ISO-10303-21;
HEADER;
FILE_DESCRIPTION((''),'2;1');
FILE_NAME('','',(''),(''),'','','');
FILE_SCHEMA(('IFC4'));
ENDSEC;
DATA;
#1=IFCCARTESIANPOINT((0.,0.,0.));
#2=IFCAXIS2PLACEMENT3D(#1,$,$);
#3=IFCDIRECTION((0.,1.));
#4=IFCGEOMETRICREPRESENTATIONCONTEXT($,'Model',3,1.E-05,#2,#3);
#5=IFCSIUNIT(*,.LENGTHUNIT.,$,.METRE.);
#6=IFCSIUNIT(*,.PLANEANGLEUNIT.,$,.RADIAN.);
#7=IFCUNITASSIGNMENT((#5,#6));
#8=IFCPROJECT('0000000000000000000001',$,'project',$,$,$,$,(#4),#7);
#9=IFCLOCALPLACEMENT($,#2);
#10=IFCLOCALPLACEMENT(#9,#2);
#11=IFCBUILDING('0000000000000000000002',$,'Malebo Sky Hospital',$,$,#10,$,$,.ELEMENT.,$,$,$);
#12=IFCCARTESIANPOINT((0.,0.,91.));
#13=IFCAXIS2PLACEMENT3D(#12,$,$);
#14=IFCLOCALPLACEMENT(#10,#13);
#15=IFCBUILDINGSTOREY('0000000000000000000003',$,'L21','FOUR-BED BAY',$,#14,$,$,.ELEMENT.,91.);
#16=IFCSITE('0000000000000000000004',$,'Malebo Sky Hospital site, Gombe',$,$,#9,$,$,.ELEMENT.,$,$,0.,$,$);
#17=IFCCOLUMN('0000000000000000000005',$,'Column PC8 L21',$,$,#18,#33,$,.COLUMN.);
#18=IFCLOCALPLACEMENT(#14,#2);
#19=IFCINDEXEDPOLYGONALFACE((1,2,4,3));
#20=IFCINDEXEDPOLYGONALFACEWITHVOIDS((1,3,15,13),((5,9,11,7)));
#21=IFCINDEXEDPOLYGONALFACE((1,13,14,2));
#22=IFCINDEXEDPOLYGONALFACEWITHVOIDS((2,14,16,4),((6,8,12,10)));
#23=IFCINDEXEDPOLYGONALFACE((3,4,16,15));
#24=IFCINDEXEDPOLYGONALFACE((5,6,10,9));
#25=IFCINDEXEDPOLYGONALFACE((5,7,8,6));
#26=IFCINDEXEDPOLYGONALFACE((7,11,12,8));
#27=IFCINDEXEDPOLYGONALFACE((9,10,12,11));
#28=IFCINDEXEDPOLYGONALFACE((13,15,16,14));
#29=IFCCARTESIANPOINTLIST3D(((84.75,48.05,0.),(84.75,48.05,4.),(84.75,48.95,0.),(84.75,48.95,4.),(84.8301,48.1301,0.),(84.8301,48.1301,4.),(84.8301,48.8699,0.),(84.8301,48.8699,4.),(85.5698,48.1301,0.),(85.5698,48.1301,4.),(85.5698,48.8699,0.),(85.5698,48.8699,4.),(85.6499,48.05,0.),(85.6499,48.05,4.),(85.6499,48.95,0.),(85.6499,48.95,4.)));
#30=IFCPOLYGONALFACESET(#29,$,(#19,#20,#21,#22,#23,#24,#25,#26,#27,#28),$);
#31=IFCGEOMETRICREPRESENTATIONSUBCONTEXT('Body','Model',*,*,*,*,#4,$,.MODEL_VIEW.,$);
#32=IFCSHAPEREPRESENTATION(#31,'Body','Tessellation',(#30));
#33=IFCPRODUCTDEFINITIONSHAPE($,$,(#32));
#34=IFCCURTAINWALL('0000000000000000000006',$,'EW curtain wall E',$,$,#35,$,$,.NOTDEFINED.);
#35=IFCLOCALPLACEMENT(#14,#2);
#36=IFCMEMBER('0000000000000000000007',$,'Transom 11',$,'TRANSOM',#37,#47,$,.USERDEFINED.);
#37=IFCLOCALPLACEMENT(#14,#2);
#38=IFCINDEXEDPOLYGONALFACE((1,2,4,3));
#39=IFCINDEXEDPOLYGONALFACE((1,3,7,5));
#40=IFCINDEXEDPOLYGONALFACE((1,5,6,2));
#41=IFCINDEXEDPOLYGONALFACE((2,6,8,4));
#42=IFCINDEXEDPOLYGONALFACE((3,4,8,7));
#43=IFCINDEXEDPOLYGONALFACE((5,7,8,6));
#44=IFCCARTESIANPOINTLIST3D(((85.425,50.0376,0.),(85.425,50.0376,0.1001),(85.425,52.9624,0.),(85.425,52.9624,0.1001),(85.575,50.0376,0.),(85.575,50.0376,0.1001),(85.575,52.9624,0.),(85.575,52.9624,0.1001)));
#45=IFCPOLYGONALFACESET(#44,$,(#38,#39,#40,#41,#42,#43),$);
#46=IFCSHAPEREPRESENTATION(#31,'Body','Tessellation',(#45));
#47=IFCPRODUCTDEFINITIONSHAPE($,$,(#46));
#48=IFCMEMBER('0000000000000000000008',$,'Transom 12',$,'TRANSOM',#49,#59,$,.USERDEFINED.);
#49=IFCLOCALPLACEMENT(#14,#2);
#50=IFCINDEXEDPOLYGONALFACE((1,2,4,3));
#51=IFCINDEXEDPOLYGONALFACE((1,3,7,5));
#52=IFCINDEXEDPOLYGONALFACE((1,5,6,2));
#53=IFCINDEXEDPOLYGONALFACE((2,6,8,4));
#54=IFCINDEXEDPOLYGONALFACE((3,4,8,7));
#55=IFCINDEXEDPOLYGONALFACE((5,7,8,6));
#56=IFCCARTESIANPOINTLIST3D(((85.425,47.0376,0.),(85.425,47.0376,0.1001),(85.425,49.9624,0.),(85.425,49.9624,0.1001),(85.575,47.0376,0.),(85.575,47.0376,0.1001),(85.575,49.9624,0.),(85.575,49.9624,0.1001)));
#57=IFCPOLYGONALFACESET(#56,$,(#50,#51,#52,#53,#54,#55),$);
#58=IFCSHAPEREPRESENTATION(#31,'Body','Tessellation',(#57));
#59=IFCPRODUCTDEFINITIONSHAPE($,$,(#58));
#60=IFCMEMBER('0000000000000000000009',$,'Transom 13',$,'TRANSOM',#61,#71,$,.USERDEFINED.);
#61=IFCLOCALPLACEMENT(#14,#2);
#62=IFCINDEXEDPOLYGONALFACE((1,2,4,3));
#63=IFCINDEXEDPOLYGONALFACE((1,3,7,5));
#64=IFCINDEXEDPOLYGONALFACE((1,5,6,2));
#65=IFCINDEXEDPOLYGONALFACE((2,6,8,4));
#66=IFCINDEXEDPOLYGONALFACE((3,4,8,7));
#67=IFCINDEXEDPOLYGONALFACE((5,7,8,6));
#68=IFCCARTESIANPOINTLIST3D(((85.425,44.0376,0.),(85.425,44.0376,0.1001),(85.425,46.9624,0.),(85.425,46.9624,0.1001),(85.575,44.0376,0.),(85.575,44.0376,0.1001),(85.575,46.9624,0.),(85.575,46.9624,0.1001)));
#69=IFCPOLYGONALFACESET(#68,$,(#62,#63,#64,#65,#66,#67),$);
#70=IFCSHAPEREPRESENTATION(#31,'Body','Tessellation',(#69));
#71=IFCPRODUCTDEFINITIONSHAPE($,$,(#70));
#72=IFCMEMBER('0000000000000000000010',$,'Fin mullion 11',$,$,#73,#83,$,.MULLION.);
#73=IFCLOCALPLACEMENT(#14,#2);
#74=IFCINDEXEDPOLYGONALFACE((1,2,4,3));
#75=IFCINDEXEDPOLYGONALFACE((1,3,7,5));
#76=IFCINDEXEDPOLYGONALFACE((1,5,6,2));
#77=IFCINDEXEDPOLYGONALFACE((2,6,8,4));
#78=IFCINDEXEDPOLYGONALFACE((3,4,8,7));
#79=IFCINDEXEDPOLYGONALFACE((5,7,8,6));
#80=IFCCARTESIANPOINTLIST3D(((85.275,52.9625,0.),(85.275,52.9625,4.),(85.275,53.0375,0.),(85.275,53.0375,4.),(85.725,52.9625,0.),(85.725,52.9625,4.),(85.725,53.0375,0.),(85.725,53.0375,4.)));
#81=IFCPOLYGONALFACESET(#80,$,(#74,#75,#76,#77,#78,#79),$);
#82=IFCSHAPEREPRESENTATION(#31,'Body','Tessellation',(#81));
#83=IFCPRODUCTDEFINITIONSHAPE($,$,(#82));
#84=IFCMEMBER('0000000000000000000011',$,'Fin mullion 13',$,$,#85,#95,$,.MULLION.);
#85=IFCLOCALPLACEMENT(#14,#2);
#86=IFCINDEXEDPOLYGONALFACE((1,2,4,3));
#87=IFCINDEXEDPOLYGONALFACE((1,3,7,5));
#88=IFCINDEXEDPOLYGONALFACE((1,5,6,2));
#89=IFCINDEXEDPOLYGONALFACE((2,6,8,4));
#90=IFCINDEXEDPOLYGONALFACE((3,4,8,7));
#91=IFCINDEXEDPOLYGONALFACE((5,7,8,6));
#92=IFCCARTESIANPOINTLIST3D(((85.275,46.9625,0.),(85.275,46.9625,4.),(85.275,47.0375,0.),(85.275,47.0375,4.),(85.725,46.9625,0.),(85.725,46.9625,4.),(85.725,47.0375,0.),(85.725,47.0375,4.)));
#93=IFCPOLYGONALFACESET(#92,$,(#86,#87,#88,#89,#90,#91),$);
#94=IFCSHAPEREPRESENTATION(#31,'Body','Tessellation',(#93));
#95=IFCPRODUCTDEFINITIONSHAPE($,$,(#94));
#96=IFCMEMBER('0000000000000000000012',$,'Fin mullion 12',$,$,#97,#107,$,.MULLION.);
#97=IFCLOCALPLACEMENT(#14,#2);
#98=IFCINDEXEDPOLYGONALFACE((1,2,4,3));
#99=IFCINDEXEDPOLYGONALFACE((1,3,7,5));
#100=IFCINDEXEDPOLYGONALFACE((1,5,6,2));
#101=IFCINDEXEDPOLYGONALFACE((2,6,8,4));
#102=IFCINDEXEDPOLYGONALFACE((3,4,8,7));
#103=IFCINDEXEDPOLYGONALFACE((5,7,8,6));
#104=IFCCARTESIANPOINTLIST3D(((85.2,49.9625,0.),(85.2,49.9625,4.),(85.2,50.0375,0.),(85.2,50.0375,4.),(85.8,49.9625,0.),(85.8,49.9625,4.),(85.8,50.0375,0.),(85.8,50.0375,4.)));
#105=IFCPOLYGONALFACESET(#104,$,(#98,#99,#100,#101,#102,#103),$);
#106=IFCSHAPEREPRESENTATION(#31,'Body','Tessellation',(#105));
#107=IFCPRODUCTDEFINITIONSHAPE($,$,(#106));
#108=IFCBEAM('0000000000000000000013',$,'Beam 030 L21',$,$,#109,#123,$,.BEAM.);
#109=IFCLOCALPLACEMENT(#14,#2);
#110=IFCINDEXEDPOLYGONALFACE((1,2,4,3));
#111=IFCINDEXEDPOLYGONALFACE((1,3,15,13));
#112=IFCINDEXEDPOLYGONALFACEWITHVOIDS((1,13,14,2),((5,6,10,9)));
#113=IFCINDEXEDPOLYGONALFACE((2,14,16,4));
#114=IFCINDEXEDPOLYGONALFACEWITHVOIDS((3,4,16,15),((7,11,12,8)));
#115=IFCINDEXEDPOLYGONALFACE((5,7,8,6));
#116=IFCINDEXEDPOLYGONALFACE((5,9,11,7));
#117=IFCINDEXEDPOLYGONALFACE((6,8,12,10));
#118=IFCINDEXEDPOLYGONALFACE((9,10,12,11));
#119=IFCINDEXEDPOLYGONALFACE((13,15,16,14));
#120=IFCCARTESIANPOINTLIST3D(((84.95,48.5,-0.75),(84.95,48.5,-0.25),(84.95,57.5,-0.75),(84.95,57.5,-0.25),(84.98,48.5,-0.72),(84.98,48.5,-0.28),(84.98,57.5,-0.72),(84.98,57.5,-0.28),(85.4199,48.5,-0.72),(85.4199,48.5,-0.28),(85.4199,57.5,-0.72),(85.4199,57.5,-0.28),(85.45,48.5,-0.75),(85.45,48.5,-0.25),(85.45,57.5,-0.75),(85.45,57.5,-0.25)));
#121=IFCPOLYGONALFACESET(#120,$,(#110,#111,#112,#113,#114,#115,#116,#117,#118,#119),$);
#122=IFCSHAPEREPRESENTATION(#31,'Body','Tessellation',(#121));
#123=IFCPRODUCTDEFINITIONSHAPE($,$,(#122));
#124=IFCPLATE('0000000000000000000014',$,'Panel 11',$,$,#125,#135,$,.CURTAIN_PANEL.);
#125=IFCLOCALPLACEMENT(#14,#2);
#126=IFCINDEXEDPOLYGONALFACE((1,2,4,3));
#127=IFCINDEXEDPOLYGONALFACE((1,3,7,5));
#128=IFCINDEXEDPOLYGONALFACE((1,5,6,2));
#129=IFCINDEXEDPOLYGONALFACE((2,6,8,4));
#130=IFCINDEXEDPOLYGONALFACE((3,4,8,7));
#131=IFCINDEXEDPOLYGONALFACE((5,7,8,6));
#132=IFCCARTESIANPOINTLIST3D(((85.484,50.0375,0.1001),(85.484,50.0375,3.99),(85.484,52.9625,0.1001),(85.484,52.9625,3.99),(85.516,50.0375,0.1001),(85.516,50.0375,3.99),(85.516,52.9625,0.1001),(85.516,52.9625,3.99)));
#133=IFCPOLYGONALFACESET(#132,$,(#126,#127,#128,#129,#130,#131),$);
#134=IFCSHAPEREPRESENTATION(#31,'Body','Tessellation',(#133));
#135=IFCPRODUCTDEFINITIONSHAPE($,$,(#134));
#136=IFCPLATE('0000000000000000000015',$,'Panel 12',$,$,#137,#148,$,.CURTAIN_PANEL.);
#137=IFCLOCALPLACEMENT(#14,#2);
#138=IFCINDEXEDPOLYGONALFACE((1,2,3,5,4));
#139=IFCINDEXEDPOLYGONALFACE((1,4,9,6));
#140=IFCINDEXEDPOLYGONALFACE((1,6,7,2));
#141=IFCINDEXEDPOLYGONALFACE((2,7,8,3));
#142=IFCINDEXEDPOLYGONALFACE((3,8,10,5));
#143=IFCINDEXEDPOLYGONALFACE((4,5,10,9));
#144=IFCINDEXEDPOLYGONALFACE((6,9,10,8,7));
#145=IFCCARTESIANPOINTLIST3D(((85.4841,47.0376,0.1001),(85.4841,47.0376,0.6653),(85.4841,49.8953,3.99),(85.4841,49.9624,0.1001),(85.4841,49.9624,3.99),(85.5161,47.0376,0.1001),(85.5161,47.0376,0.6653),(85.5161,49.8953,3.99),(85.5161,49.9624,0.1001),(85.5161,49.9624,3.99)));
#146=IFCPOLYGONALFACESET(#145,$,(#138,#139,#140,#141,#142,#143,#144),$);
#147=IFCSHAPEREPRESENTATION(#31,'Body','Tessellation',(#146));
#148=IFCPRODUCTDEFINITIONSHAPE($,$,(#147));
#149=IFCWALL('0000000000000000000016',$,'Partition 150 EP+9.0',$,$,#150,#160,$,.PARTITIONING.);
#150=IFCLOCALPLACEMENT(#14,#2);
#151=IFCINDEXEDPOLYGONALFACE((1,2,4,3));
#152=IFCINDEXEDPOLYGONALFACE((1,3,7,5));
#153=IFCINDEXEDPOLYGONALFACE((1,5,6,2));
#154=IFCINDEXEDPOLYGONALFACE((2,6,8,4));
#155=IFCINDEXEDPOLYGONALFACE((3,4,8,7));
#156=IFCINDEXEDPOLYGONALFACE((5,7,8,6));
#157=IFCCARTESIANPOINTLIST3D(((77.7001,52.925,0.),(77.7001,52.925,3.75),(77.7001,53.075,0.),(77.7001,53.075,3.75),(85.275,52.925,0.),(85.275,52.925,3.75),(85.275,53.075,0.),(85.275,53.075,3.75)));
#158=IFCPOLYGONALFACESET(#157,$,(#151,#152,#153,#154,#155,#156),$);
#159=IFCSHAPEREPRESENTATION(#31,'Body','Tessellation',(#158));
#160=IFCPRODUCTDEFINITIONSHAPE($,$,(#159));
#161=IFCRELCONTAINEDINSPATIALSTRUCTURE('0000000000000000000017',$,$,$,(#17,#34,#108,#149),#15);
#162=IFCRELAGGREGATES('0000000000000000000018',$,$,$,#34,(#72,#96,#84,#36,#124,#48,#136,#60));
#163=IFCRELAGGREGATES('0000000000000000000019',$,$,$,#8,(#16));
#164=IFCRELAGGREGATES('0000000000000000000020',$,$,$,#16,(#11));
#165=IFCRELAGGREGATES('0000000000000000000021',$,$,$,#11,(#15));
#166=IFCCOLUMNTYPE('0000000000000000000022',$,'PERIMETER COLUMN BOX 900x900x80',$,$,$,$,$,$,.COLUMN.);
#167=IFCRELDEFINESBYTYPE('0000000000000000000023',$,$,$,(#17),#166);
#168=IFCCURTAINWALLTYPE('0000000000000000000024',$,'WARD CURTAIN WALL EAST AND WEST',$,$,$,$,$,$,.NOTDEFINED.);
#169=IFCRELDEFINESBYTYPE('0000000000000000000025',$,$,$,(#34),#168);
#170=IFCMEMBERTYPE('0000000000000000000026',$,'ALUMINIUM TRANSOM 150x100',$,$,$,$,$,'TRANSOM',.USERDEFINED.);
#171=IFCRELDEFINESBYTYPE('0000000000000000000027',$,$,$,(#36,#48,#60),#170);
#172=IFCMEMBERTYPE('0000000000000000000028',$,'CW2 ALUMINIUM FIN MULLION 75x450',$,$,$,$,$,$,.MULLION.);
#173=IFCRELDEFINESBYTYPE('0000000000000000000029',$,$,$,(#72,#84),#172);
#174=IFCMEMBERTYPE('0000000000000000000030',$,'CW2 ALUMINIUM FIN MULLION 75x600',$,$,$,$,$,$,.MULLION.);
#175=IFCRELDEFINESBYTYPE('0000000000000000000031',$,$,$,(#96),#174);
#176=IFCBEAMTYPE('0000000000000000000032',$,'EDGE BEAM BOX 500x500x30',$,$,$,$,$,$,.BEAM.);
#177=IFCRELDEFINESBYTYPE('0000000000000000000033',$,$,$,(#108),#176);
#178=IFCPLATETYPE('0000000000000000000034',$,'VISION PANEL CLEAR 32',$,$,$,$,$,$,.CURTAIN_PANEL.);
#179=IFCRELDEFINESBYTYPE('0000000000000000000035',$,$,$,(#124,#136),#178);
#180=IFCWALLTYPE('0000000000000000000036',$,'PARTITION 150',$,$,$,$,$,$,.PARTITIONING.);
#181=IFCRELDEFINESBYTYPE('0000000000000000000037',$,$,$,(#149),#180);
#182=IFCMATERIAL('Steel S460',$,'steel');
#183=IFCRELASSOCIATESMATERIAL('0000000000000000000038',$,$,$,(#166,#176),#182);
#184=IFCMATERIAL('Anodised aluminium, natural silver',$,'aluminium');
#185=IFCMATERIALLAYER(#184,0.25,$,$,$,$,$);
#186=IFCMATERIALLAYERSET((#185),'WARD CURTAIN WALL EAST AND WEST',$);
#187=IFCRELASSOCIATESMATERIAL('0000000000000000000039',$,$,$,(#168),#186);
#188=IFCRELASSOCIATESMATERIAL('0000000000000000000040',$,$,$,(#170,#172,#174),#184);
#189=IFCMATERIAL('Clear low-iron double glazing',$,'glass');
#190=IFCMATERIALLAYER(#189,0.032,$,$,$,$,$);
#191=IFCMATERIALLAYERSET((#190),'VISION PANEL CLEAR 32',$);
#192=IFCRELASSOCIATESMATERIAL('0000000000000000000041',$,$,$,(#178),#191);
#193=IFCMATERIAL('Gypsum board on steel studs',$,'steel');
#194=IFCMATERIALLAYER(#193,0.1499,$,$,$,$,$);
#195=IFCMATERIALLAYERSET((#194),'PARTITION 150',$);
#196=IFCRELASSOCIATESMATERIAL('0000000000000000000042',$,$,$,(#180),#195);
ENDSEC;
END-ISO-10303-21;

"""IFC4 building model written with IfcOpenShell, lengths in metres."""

from ifc_helpers import new_model, si_unit, direction, frame, frame_2d, origin, origin_2d, place, context, subcontext, project, spatial, polyline, rectangle, hollow_rectangle, outline, extrude, material, layer, layer_set, material_profile, profile_set, type_object, element, aggregate, save


model = new_model("IFC4")

# Units and contexts
model_context = context("Model", 3, precision=1e-05, world=origin(), true_north=direction((0.0, 1.0)))
body_context = subcontext(model_context, "Body", "Model", "MODEL_VIEW")
ifc_project = project(units=[si_unit("LENGTHUNIT", "METRE"), si_unit("PLANEANGLEUNIT", "RADIAN")], contexts=[model_context])

# Site, building, storey
site_placement = place(None, origin())
site = spatial("IfcSite", under=ifc_project, at=site_placement, Name="Malebo Sky Hospital site, Gombe", CompositionType="ELEMENT", RefElevation=0.0)
building_placement = place(site_placement, origin())
building = spatial("IfcBuilding", under=site, at=building_placement, Name="Malebo Sky Hospital", CompositionType="ELEMENT")
storey_placement = place(building_placement, frame((0.0, 0.0, 91.0)))
storey = spatial("IfcBuildingStorey", under=building, at=storey_placement, Name="L21", Description="FOUR-BED BAY", CompositionType="ELEMENT", Elevation=91.0)

# Column
ifc_material_1 = material(Name="Steel S460", Category="steel")
ifc_material_profile_1 = material_profile(ifc_material_1, hollow_rectangle(XDim=0.8999, YDim=0.8999, WallThickness=0.0801, at=origin_2d()), Name="BOX 900x900x80")
ifc_profile_set_1 = profile_set([ifc_material_profile_1], Name="Steel S460")
column_type = type_object("IfcColumnType", Name="PERIMETER COLUMN BOX 900x900x80", PredefinedType="COLUMN", material=ifc_profile_set_1)
column_placement = place(storey_placement, frame((85.2, 48.5, 0.0), z_axis=(0.0, 0.0, 1.0), x_axis=(1.0, 0.0, 0.0)))
element("IfcColumn", 1, at=column_placement, inside=storey, type_object=column_type, Name="Column PC8 L21", PredefinedType="COLUMN", context=body_context, shape_type="SweptSolid", body=[
    extrude(hollow_rectangle(XDim=0.8999, YDim=0.8999, WallThickness=0.0801, at=origin_2d()), origin(), (0.0, 0.0, 1.0), 4.0),
])

# Curtain wall, members
ifc_material_2 = material(Name="Anodised aluminium, natural silver", Category="aluminium")
ifc_layer_1 = layer(ifc_material_2, 0.25)
ifc_layer_set_1 = layer_set([ifc_layer_1], Name="WARD CURTAIN WALL EAST AND WEST")
curtain_wall_type = type_object("IfcCurtainWallType", Name="WARD CURTAIN WALL EAST AND WEST", PredefinedType="NOTDEFINED", material=ifc_layer_set_1)
curtain_wall_placement = place(storey_placement, origin())
curtain_wall = element("IfcCurtainWall", 2, at=curtain_wall_placement, inside=storey, type_object=curtain_wall_type, Name="EW curtain wall E", PredefinedType="NOTDEFINED")
ifc_material_profile_2 = material_profile(ifc_material_2, rectangle(XDim=0.1499, YDim=0.1001, at=origin_2d()), Name="ALUMINIUM TRANSOM 150x100")
ifc_profile_set_2 = profile_set([ifc_material_profile_2], Name="Anodised aluminium, natural silver")
member_type_1 = type_object("IfcMemberType", Name="ALUMINIUM TRANSOM 150x100", ElementType="TRANSOM", PredefinedType="USERDEFINED", material=ifc_profile_set_2)
member_1_placement = place(storey_placement, frame((85.5, 52.9624, 0.05), z_axis=(0.0, -1.0, 0.0), x_axis=(1.0, 0.0, 0.0)))
member_1 = element("IfcMember", 3, at=member_1_placement, type_object=member_type_1, Name="Transom 11", ObjectType="TRANSOM", PredefinedType="USERDEFINED", context=body_context, shape_type="SweptSolid", body=[
    extrude(rectangle(XDim=0.1499, YDim=0.1001, at=origin_2d()), origin(), (0.0, 0.0, 1.0), 2.9248),
])
member_2_placement = place(storey_placement, frame((85.5, 49.9624, 0.05), z_axis=(0.0, -1.0, 0.0), x_axis=(1.0, 0.0, 0.0)))
member_2 = element("IfcMember", 4, at=member_2_placement, type_object=member_type_1, Name="Transom 12", ObjectType="TRANSOM", PredefinedType="USERDEFINED", context=body_context, shape_type="SweptSolid", body=[
    extrude(rectangle(XDim=0.1499, YDim=0.1001, at=origin_2d()), origin(), (0.0, 0.0, 1.0), 2.9248),
])
member_3_placement = place(storey_placement, frame((85.5, 46.9624, 0.05), z_axis=(0.0, -1.0, 0.0), x_axis=(1.0, 0.0, 0.0)))
member_3 = element("IfcMember", 5, at=member_3_placement, type_object=member_type_1, Name="Transom 13", ObjectType="TRANSOM", PredefinedType="USERDEFINED", context=body_context, shape_type="SweptSolid", body=[
    extrude(rectangle(XDim=0.1499, YDim=0.1001, at=origin_2d()), origin(), (0.0, 0.0, 1.0), 2.9248),
])
ifc_material_profile_3 = material_profile(ifc_material_2, rectangle(XDim=0.075, YDim=0.45, at=origin_2d()), Name="CW2 ALUMINIUM FIN MULLION 75x450")
ifc_profile_set_3 = profile_set([ifc_material_profile_3], Name="Anodised aluminium, natural silver")
member_type_2 = type_object("IfcMemberType", Name="CW2 ALUMINIUM FIN MULLION 75x450", PredefinedType="MULLION", material=ifc_profile_set_3)
member_4_placement = place(storey_placement, frame((85.5, 53.0, 0.0), z_axis=(0.0, 0.0, 1.0), x_axis=(0.0, -1.0, 0.0)))
member_4 = element("IfcMember", 6, at=member_4_placement, type_object=member_type_2, Name="Fin mullion 11", PredefinedType="MULLION", context=body_context, shape_type="SweptSolid", body=[
    extrude(rectangle(XDim=0.075, YDim=0.45, at=origin_2d()), origin(), (0.0, 0.0, 1.0), 4.0),
])
member_5_placement = place(storey_placement, frame((85.5, 47.0, 0.0), z_axis=(0.0, 0.0, 1.0), x_axis=(0.0, -1.0, 0.0)))
member_5 = element("IfcMember", 7, at=member_5_placement, type_object=member_type_2, Name="Fin mullion 13", PredefinedType="MULLION", context=body_context, shape_type="SweptSolid", body=[
    extrude(rectangle(XDim=0.075, YDim=0.45, at=origin_2d()), origin(), (0.0, 0.0, 1.0), 4.0),
])
ifc_material_profile_4 = material_profile(ifc_material_2, rectangle(XDim=0.075, YDim=0.6001, at=origin_2d()), Name="CW2 ALUMINIUM FIN MULLION 75x600")
ifc_profile_set_4 = profile_set([ifc_material_profile_4], Name="Anodised aluminium, natural silver")
member_type_3 = type_object("IfcMemberType", Name="CW2 ALUMINIUM FIN MULLION 75x600", PredefinedType="MULLION", material=ifc_profile_set_4)
member_6_placement = place(storey_placement, frame((85.5, 50.0, 0.0), z_axis=(0.0, 0.0, 1.0), x_axis=(0.0, -1.0, 0.0)))
member_6 = element("IfcMember", 8, at=member_6_placement, type_object=member_type_3, Name="Fin mullion 12", PredefinedType="MULLION", context=body_context, shape_type="SweptSolid", body=[
    extrude(rectangle(XDim=0.075, YDim=0.6001, at=origin_2d()), origin(), (0.0, 0.0, 1.0), 4.0),
])

# Beam
ifc_material_profile_5 = material_profile(ifc_material_1, hollow_rectangle(XDim=0.5, YDim=0.5, WallThickness=0.03, at=origin_2d()), Name="BOX 500x500x30")
ifc_profile_set_5 = profile_set([ifc_material_profile_5], Name="Steel S460")
beam_type = type_object("IfcBeamType", Name="EDGE BEAM BOX 500x500x30", PredefinedType="BEAM", material=ifc_profile_set_5)
beam_placement = place(storey_placement, frame((85.2, 48.5, -0.5), z_axis=(0.0, 1.0, 0.0), x_axis=(-1.0, 0.0, 0.0)))
element("IfcBeam", 9, at=beam_placement, inside=storey, type_object=beam_type, Name="Beam 030 L21", PredefinedType="BEAM", context=body_context, shape_type="SweptSolid", body=[
    extrude(hollow_rectangle(XDim=0.5, YDim=0.5, WallThickness=0.03, at=origin_2d()), origin(), (0.0, 0.0, 1.0), 9.0),
])

# Plates
ifc_material_3 = material(Name="Clear low-iron double glazing", Category="glass")
ifc_layer_2 = layer(ifc_material_3, 0.032)
ifc_layer_set_2 = layer_set([ifc_layer_2], Name="VISION PANEL CLEAR 32")
plate_type = type_object("IfcPlateType", Name="VISION PANEL CLEAR 32", PredefinedType="CURTAIN_PANEL", material=ifc_layer_set_2)
plate_1_placement = place(storey_placement, frame((85.5, 51.5, 0.1001), z_axis=(0.0, 0.0, 1.0), x_axis=(0.0, -1.0, 0.0)))
plate_1 = element("IfcPlate", 10, at=plate_1_placement, type_object=plate_type, Name="Panel 11", PredefinedType="CURTAIN_PANEL", context=body_context, shape_type="SweptSolid", body=[
    extrude(rectangle(XDim=2.925, YDim=0.032, at=origin_2d()), origin(), (0.0, 0.0, 1.0), 3.8899),
])
plate_2_placement = place(storey_placement, frame((85.5, 48.5, 0.1001), z_axis=(0.0, 0.0, 1.0), x_axis=(0.0, -1.0, 0.0)))
plate_2 = element("IfcPlate", 11, at=plate_2_placement, type_object=plate_type, Name="Panel 12", PredefinedType="CURTAIN_PANEL", context=body_context, shape_type="SweptSolid", body=[
    extrude(outline(polyline([(-1.4624, 0.0), (1.4624, 0.0), (1.4624, 0.5652), (-1.3953, 3.8899), (-1.4624, 3.8899), (-1.4624, 0.0)])), frame((0.0, 0.0161, 0.0), z_axis=(0.0, -1.0, 0.0), x_axis=(1.0, 0.0, 0.0)), (0.0, 0.0, 1.0), 0.032),
])
aggregate(curtain_wall, [member_4, member_6, member_5, member_1, plate_1, member_2, plate_2, member_3])

# Wall
ifc_material_4 = material(Name="Gypsum board on steel studs", Category="steel")
ifc_layer_3 = layer(ifc_material_4, 0.1499)
ifc_layer_set_3 = layer_set([ifc_layer_3], Name="PARTITION 150")
wall_type = type_object("IfcWallType", Name="PARTITION 150", PredefinedType="PARTITIONING", material=ifc_layer_set_3)
wall_1_placement = place(storey_placement, frame((77.7, 53.0, 0.0), z_axis=(0.0, 0.0, 1.0), x_axis=(1.0, 0.0, 0.0)))
element("IfcWall", 12, at=wall_1_placement, inside=storey, type_object=wall_type, Name="Partition 150 EP+9.0", PredefinedType="PARTITIONING", context=body_context, shape_type="SweptSolid", body=[
    extrude(rectangle(XDim=7.575, YDim=0.1499, at=frame_2d((3.7876, 0.0))), origin(), (0.0, 0.0, 1.0), 3.75),
])

save(model, "model.ifc")
